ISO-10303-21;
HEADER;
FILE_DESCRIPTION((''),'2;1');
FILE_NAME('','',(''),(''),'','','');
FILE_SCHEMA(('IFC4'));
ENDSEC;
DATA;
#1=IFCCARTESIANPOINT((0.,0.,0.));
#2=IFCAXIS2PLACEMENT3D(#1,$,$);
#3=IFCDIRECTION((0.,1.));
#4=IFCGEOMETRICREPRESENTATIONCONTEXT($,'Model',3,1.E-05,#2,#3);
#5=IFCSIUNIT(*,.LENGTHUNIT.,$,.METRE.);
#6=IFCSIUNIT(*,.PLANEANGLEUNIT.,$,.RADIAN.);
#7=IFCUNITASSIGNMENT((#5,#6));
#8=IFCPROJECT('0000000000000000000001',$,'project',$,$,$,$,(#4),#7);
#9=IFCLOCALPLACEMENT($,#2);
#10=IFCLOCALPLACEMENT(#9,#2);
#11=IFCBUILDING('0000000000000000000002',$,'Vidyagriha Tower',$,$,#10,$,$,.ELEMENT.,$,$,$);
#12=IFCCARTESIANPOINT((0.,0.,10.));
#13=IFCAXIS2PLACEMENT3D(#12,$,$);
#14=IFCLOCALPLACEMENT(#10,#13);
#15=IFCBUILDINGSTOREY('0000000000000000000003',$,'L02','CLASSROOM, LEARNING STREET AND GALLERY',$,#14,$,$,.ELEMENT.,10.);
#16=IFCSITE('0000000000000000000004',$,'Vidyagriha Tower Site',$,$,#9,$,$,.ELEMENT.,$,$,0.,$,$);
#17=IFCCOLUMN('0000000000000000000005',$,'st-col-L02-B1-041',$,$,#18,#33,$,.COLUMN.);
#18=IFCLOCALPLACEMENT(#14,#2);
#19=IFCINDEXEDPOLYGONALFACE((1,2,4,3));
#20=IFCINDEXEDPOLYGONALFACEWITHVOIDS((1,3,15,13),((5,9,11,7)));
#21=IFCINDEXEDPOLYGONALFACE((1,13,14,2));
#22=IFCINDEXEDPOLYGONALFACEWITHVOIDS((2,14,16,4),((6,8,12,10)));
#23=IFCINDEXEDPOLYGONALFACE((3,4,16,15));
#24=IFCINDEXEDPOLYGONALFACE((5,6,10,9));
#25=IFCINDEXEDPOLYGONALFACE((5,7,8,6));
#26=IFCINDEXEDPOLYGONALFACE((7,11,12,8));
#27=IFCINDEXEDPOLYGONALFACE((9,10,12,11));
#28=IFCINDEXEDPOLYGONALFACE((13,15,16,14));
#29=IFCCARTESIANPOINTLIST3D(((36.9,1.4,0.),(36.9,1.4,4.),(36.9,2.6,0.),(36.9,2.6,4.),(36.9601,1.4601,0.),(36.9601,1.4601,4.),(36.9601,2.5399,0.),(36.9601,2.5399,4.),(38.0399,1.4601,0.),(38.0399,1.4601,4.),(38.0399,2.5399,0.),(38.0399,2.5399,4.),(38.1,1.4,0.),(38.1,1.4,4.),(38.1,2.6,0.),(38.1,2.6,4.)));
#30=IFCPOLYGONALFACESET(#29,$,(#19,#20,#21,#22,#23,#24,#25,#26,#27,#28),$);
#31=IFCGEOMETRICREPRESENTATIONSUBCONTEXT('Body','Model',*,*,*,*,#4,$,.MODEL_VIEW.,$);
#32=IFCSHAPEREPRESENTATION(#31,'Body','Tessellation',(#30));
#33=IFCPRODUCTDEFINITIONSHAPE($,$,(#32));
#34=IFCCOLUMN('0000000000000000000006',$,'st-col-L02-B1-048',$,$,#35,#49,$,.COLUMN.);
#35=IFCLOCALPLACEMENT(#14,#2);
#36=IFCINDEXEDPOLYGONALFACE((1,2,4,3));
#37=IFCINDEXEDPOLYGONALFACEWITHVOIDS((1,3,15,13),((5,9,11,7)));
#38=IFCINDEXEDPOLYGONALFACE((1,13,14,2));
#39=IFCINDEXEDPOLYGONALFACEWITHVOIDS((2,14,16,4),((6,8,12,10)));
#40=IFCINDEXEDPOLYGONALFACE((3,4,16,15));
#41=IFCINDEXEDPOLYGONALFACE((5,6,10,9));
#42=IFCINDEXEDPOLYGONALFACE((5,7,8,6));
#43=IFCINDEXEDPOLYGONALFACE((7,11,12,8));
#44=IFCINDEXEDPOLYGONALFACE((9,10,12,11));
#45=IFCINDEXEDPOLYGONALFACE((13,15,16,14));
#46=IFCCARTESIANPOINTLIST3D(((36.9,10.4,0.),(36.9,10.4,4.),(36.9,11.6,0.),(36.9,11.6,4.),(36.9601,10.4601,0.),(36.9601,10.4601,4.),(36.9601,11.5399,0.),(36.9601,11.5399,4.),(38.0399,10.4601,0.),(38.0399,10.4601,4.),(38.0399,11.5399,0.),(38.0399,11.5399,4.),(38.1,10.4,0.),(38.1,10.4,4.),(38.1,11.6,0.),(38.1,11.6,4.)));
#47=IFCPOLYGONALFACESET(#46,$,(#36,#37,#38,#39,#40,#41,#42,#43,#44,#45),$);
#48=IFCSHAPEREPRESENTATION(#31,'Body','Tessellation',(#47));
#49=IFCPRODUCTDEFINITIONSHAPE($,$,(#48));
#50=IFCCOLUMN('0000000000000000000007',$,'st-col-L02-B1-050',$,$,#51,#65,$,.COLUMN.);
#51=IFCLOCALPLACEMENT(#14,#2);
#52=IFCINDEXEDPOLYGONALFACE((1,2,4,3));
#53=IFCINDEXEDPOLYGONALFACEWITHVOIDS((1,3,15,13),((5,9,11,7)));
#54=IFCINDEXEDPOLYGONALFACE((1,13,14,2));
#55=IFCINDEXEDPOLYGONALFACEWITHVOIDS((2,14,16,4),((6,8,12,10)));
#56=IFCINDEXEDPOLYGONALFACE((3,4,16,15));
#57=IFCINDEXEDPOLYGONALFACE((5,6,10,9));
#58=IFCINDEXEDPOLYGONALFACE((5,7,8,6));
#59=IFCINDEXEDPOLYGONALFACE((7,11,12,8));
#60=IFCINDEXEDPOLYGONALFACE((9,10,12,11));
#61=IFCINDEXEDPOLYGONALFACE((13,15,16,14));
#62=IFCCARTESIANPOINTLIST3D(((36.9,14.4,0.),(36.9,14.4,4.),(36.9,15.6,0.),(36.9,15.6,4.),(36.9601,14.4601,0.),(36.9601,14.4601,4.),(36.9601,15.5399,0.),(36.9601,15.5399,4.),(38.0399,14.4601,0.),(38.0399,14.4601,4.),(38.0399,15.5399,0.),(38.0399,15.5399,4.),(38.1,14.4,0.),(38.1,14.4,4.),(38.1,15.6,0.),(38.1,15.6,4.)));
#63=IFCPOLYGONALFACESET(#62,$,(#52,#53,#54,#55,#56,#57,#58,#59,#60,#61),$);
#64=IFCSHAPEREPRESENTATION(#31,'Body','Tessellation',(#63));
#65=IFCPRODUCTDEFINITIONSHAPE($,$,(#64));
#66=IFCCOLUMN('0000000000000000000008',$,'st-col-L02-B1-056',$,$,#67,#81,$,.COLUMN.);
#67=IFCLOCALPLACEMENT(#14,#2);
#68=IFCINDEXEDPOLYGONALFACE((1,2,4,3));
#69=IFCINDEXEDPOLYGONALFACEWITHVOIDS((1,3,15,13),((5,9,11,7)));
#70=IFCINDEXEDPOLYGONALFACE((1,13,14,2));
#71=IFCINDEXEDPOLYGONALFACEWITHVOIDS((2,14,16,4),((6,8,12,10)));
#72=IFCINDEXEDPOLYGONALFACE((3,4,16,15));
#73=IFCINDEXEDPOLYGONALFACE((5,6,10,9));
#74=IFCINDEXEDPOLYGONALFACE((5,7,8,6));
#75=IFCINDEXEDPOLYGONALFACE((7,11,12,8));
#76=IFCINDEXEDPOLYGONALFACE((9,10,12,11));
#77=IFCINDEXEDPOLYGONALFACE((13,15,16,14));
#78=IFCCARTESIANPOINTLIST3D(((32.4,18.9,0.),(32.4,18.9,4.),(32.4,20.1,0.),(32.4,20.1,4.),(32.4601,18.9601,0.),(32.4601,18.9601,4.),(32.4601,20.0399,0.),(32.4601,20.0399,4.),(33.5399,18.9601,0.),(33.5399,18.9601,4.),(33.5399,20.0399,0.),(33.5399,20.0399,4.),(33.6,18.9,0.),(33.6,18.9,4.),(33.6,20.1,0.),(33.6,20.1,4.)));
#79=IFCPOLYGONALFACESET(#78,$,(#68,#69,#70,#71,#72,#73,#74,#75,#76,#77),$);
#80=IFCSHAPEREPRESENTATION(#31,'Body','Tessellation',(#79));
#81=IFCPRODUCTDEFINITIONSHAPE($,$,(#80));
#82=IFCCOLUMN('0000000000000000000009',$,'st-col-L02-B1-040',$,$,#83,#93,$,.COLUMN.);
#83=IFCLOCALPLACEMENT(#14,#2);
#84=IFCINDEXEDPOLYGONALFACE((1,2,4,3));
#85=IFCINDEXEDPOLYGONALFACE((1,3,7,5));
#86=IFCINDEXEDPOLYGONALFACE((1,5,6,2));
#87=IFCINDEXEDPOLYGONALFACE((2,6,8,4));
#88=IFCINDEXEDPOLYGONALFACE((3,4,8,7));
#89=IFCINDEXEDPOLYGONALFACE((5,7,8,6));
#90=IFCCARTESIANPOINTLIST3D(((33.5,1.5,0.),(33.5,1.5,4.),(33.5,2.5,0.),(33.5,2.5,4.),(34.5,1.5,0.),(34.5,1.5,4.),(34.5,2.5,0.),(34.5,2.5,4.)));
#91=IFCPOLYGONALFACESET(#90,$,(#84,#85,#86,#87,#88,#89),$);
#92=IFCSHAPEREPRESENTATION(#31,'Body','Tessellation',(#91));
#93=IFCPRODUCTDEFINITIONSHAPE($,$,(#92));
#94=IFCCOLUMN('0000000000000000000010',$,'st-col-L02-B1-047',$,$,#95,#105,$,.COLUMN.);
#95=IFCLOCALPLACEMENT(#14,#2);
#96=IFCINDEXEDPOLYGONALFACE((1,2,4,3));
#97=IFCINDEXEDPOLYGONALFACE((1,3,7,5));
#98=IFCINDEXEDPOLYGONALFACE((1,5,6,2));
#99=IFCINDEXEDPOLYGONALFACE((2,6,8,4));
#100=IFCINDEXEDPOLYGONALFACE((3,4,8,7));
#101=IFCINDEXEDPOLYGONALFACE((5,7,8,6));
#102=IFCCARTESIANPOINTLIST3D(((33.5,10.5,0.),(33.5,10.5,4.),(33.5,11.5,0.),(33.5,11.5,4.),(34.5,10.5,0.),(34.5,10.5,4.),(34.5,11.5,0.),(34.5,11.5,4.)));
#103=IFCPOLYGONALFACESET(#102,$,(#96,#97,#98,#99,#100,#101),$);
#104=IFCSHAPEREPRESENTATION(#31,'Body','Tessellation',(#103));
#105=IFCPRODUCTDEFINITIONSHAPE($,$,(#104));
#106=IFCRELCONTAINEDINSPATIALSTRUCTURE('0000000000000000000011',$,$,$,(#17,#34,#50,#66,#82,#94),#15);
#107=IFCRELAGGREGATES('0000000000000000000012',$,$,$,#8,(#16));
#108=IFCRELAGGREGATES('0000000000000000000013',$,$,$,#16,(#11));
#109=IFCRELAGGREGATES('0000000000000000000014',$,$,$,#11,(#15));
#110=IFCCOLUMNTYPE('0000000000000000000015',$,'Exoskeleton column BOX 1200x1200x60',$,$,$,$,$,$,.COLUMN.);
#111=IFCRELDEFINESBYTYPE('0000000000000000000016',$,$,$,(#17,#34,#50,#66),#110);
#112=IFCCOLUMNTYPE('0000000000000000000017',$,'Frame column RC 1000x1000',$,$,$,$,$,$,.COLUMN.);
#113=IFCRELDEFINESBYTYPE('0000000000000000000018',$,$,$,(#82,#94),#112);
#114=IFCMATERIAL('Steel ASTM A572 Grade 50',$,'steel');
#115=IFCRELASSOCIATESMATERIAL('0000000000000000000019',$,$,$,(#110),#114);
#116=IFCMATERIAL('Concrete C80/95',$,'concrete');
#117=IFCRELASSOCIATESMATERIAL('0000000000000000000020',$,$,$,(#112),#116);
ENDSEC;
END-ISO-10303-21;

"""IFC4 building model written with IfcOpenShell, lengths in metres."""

from ifc_helpers import new_model, si_unit, direction, frame, origin, origin_2d, place, context, subcontext, project, spatial, rectangle, hollow_rectangle, extrude, material, material_profile, profile_set, type_object, element, save


model = new_model("IFC4")

# Units and contexts
model_context = context("Model", 3, precision=1e-05, world=origin(), true_north=direction((0.0, 1.0)))
body_context = subcontext(model_context, "Body", "Model", "MODEL_VIEW")
ifc_project = project(units=[si_unit("LENGTHUNIT", "METRE"), si_unit("PLANEANGLEUNIT", "RADIAN")], contexts=[model_context])

# Site, building, storey
site_placement = place(None, origin())
site = spatial("IfcSite", under=ifc_project, at=site_placement, Name="Vidyagriha Tower Site", CompositionType="ELEMENT", RefElevation=0.0)
building_placement = place(site_placement, origin())
building = spatial("IfcBuilding", under=site, at=building_placement, Name="Vidyagriha Tower", CompositionType="ELEMENT")
storey_placement = place(building_placement, frame((0.0, 0.0, 10.0)))
storey = spatial("IfcBuildingStorey", under=building, at=storey_placement, Name="L02", Description="CLASSROOM, LEARNING STREET AND GALLERY", CompositionType="ELEMENT", Elevation=10.0)

# Columns
ifc_material_1 = material(Name="Steel ASTM A572 Grade 50", Category="steel")
ifc_material_profile_1 = material_profile(ifc_material_1, hollow_rectangle(XDim=1.2, YDim=1.2, WallThickness=0.0601, at=origin_2d()), Name="BOX 1200x1200x60")
ifc_profile_set_1 = profile_set([ifc_material_profile_1], Name="Steel ASTM A572 Grade 50")
column_type_1 = type_object("IfcColumnType", Name="Exoskeleton column BOX 1200x1200x60", PredefinedType="COLUMN", material=ifc_profile_set_1)
for number, where, name in (
    (1, (37.5, 2.0, 0.0), "st-col-L02-B1-041"),
    (2, (37.5, 11.0, 0.0), "st-col-L02-B1-048"),
    (3, (37.5, 15.0, 0.0), "st-col-L02-B1-050"),
    (4, (33.0, 19.5, 0.0), "st-col-L02-B1-056"),
):
    element("IfcColumn", number, at=place(storey_placement, frame(where)), inside=storey, type_object=column_type_1, Name=name, PredefinedType="COLUMN", context=body_context, shape_type="SweptSolid", body=[
        extrude(hollow_rectangle(XDim=1.2, YDim=1.2, WallThickness=0.0601, at=origin_2d()), origin(), (0.0, 0.0, 1.0), 4.0),
    ])
ifc_material_2 = material(Name="Concrete C80/95", Category="concrete")
ifc_material_profile_2 = material_profile(ifc_material_2, rectangle(XDim=1.0, YDim=1.0, at=origin_2d()), Name="RC 1000x1000")
ifc_profile_set_2 = profile_set([ifc_material_profile_2], Name="Concrete C80/95")
column_type_2 = type_object("IfcColumnType", Name="Frame column RC 1000x1000", PredefinedType="COLUMN", material=ifc_profile_set_2)
for number, where, name in (
    (5, (34.0, 2.0, 0.0), "st-col-L02-B1-040"),
    (6, (34.0, 11.0, 0.0), "st-col-L02-B1-047"),
):
    element("IfcColumn", number, at=place(storey_placement, frame(where)), inside=storey, type_object=column_type_2, Name=name, PredefinedType="COLUMN", context=body_context, shape_type="SweptSolid", body=[
        extrude(rectangle(XDim=1.0, YDim=1.0, at=origin_2d()), origin(), (0.0, 0.0, 1.0), 4.0),
    ])

save(model, "model.ifc")
